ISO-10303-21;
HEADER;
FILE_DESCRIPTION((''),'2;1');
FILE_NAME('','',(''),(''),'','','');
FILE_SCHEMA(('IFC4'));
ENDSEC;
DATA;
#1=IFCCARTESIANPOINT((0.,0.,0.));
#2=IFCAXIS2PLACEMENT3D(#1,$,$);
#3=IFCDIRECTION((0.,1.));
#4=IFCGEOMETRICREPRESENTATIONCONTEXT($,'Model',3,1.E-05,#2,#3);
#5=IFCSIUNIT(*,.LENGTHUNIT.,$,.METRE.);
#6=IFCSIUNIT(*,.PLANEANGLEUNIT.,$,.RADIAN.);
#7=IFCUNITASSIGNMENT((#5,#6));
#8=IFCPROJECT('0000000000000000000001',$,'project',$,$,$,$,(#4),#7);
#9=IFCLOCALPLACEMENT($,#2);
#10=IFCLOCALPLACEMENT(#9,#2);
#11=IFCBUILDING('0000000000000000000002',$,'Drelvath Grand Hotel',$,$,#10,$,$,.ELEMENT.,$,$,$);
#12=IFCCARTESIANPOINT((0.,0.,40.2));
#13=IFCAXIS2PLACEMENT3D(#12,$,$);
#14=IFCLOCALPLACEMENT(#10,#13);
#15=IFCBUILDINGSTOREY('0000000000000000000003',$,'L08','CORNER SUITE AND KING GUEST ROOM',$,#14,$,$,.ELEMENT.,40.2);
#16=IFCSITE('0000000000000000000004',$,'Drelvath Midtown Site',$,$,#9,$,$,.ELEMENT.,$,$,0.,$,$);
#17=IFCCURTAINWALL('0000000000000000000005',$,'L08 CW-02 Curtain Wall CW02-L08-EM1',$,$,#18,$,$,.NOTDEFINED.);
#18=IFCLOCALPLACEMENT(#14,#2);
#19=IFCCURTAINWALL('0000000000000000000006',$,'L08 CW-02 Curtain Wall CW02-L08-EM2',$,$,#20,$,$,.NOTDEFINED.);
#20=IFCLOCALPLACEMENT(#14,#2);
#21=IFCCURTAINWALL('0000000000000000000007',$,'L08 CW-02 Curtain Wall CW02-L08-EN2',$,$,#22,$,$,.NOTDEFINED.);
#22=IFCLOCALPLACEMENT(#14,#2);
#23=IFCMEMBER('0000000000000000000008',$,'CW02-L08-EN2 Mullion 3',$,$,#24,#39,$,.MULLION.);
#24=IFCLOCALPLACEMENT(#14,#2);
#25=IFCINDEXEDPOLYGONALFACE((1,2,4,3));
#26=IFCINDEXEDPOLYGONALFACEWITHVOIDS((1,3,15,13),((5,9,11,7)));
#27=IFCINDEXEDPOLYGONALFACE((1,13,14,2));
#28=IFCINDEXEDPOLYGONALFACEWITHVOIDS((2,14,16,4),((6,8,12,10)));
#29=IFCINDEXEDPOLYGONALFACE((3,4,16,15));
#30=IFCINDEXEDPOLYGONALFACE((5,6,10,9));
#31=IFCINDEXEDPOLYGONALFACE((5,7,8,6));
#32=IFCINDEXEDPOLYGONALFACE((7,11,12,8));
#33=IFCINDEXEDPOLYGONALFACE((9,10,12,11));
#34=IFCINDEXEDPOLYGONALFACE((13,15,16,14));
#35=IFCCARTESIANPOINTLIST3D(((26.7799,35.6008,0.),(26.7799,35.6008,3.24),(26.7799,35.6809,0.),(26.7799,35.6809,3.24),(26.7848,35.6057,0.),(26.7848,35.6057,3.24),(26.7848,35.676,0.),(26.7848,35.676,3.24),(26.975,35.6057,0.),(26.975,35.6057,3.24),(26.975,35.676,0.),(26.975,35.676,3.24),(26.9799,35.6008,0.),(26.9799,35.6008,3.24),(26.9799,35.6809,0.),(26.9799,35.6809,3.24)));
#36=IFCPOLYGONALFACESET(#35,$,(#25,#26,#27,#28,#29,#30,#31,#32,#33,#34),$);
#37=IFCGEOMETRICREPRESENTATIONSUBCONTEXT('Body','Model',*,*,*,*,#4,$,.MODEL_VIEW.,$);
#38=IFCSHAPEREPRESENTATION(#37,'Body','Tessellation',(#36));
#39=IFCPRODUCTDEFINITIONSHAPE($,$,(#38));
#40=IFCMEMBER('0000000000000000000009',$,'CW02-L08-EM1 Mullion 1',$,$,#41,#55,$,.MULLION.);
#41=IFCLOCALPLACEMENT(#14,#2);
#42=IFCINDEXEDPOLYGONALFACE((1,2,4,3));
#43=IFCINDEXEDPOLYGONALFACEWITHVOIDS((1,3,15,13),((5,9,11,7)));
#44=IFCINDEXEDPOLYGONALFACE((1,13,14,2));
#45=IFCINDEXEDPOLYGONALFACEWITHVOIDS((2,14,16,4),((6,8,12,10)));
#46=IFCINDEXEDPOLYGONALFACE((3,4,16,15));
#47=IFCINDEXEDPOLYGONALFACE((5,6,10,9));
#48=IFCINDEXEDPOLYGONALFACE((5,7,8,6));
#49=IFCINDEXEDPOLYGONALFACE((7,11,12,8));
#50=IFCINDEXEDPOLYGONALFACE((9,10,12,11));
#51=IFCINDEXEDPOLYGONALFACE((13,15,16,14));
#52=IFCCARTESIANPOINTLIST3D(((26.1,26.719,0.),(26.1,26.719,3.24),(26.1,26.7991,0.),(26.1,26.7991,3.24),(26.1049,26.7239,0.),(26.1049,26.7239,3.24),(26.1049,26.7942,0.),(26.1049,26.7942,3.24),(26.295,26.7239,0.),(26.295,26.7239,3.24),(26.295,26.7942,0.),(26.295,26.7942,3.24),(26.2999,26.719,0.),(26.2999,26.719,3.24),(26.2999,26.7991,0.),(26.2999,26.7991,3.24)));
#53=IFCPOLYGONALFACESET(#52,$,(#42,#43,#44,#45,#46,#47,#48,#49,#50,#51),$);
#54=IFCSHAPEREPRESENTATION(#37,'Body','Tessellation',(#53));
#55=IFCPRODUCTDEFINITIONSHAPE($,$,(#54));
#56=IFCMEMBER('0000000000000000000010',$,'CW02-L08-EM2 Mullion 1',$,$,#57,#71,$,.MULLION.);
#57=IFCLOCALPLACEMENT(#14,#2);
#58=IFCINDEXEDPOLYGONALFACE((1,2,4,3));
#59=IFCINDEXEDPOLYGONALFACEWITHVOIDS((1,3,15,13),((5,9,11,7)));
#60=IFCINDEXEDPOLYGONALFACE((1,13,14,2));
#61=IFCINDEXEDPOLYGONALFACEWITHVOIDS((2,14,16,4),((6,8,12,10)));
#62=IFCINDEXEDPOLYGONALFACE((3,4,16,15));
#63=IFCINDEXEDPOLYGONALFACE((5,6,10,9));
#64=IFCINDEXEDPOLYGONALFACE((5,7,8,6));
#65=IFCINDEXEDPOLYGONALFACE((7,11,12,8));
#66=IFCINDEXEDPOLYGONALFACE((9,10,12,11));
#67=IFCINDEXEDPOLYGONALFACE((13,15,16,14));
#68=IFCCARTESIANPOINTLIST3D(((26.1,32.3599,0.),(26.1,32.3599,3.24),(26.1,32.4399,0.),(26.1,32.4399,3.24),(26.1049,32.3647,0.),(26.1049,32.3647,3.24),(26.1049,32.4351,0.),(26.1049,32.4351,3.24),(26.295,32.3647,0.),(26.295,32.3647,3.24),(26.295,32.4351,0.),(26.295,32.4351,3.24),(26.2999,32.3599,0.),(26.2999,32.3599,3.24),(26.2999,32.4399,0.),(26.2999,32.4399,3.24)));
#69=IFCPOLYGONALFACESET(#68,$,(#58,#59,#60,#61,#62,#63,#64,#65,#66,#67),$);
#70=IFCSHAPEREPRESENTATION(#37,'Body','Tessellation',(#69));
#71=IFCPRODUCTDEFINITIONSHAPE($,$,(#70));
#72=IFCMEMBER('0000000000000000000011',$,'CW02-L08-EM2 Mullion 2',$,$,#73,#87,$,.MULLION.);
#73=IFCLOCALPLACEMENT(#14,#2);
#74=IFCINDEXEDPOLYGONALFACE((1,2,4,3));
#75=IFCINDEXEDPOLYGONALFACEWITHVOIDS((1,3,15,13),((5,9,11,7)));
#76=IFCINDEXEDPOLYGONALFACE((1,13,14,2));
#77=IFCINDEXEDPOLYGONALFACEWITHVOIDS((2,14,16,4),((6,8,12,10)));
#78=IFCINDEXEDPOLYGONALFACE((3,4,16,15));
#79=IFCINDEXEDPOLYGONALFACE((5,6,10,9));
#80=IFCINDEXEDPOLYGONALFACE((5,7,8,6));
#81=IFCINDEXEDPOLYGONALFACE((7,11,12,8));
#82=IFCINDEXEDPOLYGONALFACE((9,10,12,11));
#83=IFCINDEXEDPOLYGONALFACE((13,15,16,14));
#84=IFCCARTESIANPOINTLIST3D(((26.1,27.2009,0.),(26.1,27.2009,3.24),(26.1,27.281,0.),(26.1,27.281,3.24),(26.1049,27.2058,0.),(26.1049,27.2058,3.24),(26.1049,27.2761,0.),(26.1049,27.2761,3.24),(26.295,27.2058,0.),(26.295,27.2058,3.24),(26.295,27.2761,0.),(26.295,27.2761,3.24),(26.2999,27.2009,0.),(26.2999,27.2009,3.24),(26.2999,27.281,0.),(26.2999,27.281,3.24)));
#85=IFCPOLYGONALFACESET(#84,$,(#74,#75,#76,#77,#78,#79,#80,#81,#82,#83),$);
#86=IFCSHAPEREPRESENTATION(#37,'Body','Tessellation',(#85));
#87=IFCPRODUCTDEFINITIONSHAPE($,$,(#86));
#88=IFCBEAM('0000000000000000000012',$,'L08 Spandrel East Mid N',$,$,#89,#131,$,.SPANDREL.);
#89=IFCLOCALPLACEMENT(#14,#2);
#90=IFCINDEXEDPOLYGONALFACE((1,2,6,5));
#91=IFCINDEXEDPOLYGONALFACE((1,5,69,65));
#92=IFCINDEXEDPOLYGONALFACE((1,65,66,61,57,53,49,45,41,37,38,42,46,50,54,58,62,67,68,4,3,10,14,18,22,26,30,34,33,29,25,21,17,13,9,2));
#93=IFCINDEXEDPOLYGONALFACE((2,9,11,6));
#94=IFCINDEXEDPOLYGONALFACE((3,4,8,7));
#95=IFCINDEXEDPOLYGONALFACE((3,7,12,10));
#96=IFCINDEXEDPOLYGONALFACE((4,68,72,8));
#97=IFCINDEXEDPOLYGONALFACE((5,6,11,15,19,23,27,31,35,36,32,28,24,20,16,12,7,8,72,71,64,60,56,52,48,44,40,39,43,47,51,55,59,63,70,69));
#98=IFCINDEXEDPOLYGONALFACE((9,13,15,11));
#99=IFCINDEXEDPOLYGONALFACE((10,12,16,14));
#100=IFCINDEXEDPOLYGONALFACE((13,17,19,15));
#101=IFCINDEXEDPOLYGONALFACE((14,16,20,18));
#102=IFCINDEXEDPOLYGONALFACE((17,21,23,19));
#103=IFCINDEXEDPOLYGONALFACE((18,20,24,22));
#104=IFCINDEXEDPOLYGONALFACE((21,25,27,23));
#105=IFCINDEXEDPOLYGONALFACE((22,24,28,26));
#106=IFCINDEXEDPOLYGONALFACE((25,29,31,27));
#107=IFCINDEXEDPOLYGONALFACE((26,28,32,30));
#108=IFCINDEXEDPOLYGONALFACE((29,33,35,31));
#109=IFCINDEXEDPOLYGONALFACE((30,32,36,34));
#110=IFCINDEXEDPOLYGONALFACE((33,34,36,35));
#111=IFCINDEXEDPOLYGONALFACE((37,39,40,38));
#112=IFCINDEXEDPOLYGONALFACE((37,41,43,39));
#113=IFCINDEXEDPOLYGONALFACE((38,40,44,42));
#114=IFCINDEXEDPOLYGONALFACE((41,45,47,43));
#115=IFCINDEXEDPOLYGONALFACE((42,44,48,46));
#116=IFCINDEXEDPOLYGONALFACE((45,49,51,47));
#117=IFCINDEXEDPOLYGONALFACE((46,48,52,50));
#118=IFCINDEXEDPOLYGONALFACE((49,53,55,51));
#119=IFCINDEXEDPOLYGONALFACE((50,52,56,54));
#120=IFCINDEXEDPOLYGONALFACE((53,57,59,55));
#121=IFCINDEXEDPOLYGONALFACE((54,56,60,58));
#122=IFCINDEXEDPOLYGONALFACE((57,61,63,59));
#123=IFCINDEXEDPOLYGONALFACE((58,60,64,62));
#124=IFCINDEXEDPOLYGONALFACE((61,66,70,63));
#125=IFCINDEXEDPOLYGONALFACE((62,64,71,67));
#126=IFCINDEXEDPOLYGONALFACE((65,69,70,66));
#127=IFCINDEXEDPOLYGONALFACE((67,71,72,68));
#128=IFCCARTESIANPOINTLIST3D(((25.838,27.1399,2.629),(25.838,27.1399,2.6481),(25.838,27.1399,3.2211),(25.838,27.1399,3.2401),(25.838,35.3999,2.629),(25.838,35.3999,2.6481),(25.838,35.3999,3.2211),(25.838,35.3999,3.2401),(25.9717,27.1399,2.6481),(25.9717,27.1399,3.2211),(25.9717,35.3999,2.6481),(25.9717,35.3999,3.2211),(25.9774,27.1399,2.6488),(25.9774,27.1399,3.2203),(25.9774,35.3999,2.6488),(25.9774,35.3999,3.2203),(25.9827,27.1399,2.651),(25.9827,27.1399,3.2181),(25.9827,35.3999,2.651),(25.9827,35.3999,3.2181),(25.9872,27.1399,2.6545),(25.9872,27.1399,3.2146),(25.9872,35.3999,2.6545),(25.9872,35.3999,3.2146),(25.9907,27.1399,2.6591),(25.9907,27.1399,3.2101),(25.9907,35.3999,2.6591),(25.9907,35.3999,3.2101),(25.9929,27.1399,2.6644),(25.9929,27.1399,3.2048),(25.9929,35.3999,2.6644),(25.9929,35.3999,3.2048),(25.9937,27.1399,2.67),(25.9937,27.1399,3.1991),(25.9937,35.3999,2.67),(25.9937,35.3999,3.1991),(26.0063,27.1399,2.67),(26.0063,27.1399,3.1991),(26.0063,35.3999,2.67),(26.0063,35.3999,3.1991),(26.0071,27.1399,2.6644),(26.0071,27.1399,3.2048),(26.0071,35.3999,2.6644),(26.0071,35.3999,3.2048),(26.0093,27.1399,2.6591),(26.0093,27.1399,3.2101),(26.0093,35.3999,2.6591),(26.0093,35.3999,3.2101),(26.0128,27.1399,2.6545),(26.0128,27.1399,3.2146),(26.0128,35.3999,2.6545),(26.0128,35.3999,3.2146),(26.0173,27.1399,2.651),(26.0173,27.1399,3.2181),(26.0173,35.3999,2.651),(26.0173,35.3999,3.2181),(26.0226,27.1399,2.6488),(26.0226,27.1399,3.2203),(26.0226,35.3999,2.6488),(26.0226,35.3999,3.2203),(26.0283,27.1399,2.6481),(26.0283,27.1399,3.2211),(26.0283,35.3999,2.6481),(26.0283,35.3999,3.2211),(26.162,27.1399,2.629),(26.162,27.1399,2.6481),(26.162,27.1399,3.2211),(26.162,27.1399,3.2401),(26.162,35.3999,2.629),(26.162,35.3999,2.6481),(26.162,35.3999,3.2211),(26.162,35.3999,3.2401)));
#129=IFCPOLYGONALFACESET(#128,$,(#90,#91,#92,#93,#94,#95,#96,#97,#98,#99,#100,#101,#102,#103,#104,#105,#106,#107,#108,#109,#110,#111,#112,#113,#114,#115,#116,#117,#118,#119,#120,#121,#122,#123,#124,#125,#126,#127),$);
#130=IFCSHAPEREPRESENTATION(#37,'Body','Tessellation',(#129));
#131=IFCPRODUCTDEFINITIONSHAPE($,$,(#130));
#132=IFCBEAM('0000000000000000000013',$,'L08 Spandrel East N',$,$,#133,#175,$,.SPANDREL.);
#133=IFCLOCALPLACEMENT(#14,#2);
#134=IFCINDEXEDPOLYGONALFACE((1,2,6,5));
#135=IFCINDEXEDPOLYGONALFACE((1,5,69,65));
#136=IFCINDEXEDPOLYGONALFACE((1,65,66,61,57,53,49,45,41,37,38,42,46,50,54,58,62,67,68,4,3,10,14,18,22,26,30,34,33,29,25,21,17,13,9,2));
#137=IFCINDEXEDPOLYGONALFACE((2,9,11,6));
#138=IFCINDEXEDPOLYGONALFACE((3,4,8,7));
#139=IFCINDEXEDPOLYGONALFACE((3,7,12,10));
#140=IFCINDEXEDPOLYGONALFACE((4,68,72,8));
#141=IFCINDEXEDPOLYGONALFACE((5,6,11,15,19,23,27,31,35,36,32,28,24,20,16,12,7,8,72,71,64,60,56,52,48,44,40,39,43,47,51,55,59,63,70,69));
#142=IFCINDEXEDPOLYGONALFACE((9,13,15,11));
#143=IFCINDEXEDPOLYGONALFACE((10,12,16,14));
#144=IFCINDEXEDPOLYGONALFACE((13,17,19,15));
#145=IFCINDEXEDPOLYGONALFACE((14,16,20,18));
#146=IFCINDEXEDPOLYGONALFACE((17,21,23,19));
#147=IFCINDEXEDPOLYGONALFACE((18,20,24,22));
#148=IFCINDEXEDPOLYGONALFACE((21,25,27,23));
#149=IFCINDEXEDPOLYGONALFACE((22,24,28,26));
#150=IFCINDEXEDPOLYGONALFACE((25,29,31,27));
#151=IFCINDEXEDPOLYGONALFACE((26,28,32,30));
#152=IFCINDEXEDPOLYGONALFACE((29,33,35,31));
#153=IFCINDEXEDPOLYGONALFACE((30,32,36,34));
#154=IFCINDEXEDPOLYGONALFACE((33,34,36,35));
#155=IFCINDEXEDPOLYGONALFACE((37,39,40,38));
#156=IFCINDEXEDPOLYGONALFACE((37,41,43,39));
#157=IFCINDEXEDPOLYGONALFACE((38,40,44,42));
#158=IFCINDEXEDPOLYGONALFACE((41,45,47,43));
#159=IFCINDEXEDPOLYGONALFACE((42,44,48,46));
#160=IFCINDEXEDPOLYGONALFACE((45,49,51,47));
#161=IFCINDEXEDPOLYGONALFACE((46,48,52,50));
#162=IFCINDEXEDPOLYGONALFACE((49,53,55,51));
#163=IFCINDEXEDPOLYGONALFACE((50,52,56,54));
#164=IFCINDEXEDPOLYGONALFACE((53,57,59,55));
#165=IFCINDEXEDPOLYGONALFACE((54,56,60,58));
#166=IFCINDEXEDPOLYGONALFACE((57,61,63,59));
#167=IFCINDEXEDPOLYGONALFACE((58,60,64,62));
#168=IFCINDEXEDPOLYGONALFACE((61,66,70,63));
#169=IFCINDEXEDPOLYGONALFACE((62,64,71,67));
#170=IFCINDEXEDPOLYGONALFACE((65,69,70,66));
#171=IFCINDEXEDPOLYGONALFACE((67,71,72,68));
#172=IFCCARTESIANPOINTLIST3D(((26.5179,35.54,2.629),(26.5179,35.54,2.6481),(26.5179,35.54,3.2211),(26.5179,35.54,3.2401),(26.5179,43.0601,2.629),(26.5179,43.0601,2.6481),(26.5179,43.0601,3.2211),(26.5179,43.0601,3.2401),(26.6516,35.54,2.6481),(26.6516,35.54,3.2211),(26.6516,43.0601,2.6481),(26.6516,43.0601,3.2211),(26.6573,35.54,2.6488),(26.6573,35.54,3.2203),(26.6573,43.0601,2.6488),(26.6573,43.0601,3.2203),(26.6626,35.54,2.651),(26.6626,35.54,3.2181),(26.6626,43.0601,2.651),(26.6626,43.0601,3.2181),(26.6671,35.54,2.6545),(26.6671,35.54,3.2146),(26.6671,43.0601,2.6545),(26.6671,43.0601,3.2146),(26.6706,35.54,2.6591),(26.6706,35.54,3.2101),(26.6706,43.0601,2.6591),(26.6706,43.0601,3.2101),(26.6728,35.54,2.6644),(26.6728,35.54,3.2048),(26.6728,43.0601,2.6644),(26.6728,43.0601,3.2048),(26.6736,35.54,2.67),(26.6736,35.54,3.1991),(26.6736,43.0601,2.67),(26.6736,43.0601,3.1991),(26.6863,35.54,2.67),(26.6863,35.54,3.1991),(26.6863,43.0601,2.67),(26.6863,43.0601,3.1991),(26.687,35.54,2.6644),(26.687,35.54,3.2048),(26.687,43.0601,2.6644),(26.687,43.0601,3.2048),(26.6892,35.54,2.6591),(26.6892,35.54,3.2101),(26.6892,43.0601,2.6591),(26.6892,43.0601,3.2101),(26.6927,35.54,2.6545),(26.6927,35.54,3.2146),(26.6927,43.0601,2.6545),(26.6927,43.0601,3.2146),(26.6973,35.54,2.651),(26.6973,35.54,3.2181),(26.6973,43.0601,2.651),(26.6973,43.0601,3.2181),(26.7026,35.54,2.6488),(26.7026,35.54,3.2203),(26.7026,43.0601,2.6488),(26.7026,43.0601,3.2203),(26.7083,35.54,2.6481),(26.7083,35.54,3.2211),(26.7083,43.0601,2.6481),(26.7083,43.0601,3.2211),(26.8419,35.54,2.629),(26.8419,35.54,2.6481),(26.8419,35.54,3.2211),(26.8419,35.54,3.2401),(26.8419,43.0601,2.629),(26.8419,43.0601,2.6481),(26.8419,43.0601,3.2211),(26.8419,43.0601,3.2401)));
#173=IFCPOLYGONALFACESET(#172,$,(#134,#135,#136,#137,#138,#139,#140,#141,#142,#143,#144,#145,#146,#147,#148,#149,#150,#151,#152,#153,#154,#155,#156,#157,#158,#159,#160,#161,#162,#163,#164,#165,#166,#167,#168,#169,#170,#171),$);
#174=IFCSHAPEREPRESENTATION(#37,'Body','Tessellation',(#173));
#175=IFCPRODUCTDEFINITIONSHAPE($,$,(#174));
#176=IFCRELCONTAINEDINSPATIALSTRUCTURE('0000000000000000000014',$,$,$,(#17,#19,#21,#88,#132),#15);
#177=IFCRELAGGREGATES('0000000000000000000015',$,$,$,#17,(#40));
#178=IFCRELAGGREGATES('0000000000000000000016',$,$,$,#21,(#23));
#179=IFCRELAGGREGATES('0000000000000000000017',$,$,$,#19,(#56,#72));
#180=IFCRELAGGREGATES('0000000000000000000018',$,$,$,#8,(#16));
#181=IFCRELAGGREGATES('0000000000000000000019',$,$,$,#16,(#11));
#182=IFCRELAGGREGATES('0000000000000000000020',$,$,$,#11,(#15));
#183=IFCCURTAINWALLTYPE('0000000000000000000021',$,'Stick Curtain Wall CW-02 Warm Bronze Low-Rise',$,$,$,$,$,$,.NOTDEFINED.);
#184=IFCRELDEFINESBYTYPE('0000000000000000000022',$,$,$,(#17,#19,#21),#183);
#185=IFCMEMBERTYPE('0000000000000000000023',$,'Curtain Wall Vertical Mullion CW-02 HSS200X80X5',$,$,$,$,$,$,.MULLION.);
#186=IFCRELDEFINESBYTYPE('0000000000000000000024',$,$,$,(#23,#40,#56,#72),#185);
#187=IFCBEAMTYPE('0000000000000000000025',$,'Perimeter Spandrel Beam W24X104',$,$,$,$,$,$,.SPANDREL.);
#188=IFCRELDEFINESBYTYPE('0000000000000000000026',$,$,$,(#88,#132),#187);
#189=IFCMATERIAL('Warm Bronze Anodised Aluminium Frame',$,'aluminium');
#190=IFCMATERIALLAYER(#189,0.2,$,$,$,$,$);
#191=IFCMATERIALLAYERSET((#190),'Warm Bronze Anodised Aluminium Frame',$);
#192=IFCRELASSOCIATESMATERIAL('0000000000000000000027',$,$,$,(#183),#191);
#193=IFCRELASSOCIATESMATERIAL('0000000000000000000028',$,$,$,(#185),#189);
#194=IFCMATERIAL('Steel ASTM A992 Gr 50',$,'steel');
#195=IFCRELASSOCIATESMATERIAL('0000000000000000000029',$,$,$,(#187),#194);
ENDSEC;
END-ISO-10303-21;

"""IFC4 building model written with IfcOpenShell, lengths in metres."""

from ifc_helpers import new_model, si_unit, direction, frame, origin, origin_2d, place, context, subcontext, project, spatial, hollow_rectangle, i_section, extrude, material, layer, layer_set, material_profile, profile_set, type_object, element, aggregate, save


model = new_model("IFC4")

# Units and contexts
model_context = context("Model", 3, precision=1e-05, world=origin(), true_north=direction((0.0, 1.0)))
body_context = subcontext(model_context, "Body", "Model", "MODEL_VIEW")
ifc_project = project(units=[si_unit("LENGTHUNIT", "METRE"), si_unit("PLANEANGLEUNIT", "RADIAN")], contexts=[model_context])

# Site, building, storey
site_placement = place(None, origin())
site = spatial("IfcSite", under=ifc_project, at=site_placement, Name="Drelvath Midtown Site", CompositionType="ELEMENT", RefElevation=0.0)
building_placement = place(site_placement, origin())
building = spatial("IfcBuilding", under=site, at=building_placement, Name="Drelvath Grand Hotel", CompositionType="ELEMENT")
storey_placement = place(building_placement, frame((0.0, 0.0, 40.2)))
storey = spatial("IfcBuildingStorey", under=building, at=storey_placement, Name="L08", Description="CORNER SUITE AND KING GUEST ROOM", CompositionType="ELEMENT", Elevation=40.2)

# Curtain walls
ifc_material_1 = material(Name="Warm Bronze Anodised Aluminium Frame", Category="aluminium")
ifc_layer_1 = layer(ifc_material_1, 0.2)
ifc_layer_set_1 = layer_set([ifc_layer_1], Name="Warm Bronze Anodised Aluminium Frame")
curtain_wall_type = type_object("IfcCurtainWallType", Name="Stick Curtain Wall CW-02 Warm Bronze Low-Rise", PredefinedType="NOTDEFINED", material=ifc_layer_set_1)
curtain_wall_1_placement = place(storey_placement, origin())
curtain_wall_1 = element("IfcCurtainWall", 1, at=curtain_wall_1_placement, inside=storey, type_object=curtain_wall_type, Name="L08 CW-02 Curtain Wall CW02-L08-EM1", PredefinedType="NOTDEFINED")
curtain_wall_2_placement = place(storey_placement, origin())
curtain_wall_2 = element("IfcCurtainWall", 2, at=curtain_wall_2_placement, inside=storey, type_object=curtain_wall_type, Name="L08 CW-02 Curtain Wall CW02-L08-EM2", PredefinedType="NOTDEFINED")

# Shared definitions
ifc_material_profile_1 = material_profile(ifc_material_1, hollow_rectangle(XDim=0.0801, YDim=0.2, WallThickness=0.0049, at=origin_2d()), Name="HSS200X80X5")
ifc_profile_set_1 = profile_set([ifc_material_profile_1], Name="Warm Bronze Anodised Aluminium Frame")
member_type_1 = type_object("IfcMemberType", Name="Curtain Wall Vertical Mullion CW-02 HSS200X80X5", PredefinedType="MULLION", material=ifc_profile_set_1)

# Curtain wall, member
curtain_wall_3_placement = place(storey_placement, origin())
curtain_wall_3 = element("IfcCurtainWall", 3, at=curtain_wall_3_placement, inside=storey, type_object=curtain_wall_type, Name="L08 CW-02 Curtain Wall CW02-L08-EN2", PredefinedType="NOTDEFINED")
member_1_placement = place(storey_placement, frame((26.8799, 35.6409, 0.0), z_axis=(0.0, 0.0, 1.0), x_axis=(0.0, 1.0, 0.0)))
member_1 = element("IfcMember", 4, at=member_1_placement, type_object=member_type_1, Name="CW02-L08-EN2 Mullion 3", PredefinedType="MULLION", context=body_context, shape_type="SweptSolid", body=[
    extrude(hollow_rectangle(XDim=0.0801, YDim=0.2, WallThickness=0.0049, at=origin_2d()), origin(), (0.0, 0.0, 1.0), 3.24),
])

# Members
member_2_placement = place(storey_placement, frame((26.2, 26.759, 0.0), z_axis=(0.0, 0.0, 1.0), x_axis=(0.0, 1.0, 0.0)))
member_2 = element("IfcMember", 5, at=member_2_placement, type_object=member_type_1, Name="CW02-L08-EM1 Mullion 1", PredefinedType="MULLION", context=body_context, shape_type="SweptSolid", body=[
    extrude(hollow_rectangle(XDim=0.0801, YDim=0.2, WallThickness=0.0049, at=origin_2d()), origin(), (0.0, 0.0, 1.0), 3.24),
])
aggregate(curtain_wall_1, [member_2])
member_3_placement = place(storey_placement, frame((26.2, 32.3999, 0.0), z_axis=(0.0, 0.0, 1.0), x_axis=(0.0, 1.0, 0.0)))
member_3 = element("IfcMember", 6, at=member_3_placement, type_object=member_type_1, Name="CW02-L08-EM2 Mullion 1", PredefinedType="MULLION", context=body_context, shape_type="SweptSolid", body=[
    extrude(hollow_rectangle(XDim=0.0801, YDim=0.2, WallThickness=0.0049, at=origin_2d()), origin(), (0.0, 0.0, 1.0), 3.24),
])
member_4_placement = place(storey_placement, frame((26.2, 27.241, 0.0), z_axis=(0.0, 0.0, 1.0), x_axis=(0.0, 1.0, 0.0)))
member_4 = element("IfcMember", 7, at=member_4_placement, type_object=member_type_1, Name="CW02-L08-EM2 Mullion 2", PredefinedType="MULLION", context=body_context, shape_type="SweptSolid", body=[
    extrude(hollow_rectangle(XDim=0.0801, YDim=0.2, WallThickness=0.0049, at=origin_2d()), origin(), (0.0, 0.0, 1.0), 3.24),
])

# Beams
ifc_material_2 = material(Name="Steel ASTM A992 Gr 50", Category="steel")
ifc_material_profile_2 = material_profile(ifc_material_2, i_section(OverallWidth=0.324, OverallDepth=0.6111, WebThickness=0.0127, FlangeThickness=0.019, FilletRadius=0.022, at=origin_2d()), Name="W24X104")
ifc_profile_set_2 = profile_set([ifc_material_profile_2], Name="Steel ASTM A992 Gr 50")
beam_type_1 = type_object("IfcBeamType", Name="Perimeter Spandrel Beam W24X104", PredefinedType="SPANDREL", material=ifc_profile_set_2)
beam_1_placement = place(storey_placement, frame((26.0, 27.1399, 2.9346), z_axis=(0.0, 1.0, 0.0), x_axis=(-1.0, 0.0, 0.0)))
element("IfcBeam", 8, at=beam_1_placement, inside=storey, type_object=beam_type_1, Name="L08 Spandrel East Mid N", PredefinedType="SPANDREL", context=body_context, shape_type="SweptSolid", body=[
    extrude(i_section(OverallWidth=0.324, OverallDepth=0.6111, WebThickness=0.0127, FlangeThickness=0.019, FilletRadius=0.022, at=origin_2d()), origin(), (0.0, 0.0, 1.0), 8.26),
])
beam_2_placement = place(storey_placement, frame((26.6799, 35.54, 2.9346), z_axis=(0.0, 1.0, 0.0), x_axis=(-1.0, 0.0, 0.0)))
element("IfcBeam", 9, at=beam_2_placement, inside=storey, type_object=beam_type_1, Name="L08 Spandrel East N", PredefinedType="SPANDREL", context=body_context, shape_type="SweptSolid", body=[
    extrude(i_section(OverallWidth=0.324, OverallDepth=0.6111, WebThickness=0.0127, FlangeThickness=0.019, FilletRadius=0.022, at=origin_2d()), origin(), (0.0, 0.0, 1.0), 7.52),
])

aggregate(curtain_wall_3, [member_1])
aggregate(curtain_wall_2, [member_3, member_4])

save(model, "model.ifc")
